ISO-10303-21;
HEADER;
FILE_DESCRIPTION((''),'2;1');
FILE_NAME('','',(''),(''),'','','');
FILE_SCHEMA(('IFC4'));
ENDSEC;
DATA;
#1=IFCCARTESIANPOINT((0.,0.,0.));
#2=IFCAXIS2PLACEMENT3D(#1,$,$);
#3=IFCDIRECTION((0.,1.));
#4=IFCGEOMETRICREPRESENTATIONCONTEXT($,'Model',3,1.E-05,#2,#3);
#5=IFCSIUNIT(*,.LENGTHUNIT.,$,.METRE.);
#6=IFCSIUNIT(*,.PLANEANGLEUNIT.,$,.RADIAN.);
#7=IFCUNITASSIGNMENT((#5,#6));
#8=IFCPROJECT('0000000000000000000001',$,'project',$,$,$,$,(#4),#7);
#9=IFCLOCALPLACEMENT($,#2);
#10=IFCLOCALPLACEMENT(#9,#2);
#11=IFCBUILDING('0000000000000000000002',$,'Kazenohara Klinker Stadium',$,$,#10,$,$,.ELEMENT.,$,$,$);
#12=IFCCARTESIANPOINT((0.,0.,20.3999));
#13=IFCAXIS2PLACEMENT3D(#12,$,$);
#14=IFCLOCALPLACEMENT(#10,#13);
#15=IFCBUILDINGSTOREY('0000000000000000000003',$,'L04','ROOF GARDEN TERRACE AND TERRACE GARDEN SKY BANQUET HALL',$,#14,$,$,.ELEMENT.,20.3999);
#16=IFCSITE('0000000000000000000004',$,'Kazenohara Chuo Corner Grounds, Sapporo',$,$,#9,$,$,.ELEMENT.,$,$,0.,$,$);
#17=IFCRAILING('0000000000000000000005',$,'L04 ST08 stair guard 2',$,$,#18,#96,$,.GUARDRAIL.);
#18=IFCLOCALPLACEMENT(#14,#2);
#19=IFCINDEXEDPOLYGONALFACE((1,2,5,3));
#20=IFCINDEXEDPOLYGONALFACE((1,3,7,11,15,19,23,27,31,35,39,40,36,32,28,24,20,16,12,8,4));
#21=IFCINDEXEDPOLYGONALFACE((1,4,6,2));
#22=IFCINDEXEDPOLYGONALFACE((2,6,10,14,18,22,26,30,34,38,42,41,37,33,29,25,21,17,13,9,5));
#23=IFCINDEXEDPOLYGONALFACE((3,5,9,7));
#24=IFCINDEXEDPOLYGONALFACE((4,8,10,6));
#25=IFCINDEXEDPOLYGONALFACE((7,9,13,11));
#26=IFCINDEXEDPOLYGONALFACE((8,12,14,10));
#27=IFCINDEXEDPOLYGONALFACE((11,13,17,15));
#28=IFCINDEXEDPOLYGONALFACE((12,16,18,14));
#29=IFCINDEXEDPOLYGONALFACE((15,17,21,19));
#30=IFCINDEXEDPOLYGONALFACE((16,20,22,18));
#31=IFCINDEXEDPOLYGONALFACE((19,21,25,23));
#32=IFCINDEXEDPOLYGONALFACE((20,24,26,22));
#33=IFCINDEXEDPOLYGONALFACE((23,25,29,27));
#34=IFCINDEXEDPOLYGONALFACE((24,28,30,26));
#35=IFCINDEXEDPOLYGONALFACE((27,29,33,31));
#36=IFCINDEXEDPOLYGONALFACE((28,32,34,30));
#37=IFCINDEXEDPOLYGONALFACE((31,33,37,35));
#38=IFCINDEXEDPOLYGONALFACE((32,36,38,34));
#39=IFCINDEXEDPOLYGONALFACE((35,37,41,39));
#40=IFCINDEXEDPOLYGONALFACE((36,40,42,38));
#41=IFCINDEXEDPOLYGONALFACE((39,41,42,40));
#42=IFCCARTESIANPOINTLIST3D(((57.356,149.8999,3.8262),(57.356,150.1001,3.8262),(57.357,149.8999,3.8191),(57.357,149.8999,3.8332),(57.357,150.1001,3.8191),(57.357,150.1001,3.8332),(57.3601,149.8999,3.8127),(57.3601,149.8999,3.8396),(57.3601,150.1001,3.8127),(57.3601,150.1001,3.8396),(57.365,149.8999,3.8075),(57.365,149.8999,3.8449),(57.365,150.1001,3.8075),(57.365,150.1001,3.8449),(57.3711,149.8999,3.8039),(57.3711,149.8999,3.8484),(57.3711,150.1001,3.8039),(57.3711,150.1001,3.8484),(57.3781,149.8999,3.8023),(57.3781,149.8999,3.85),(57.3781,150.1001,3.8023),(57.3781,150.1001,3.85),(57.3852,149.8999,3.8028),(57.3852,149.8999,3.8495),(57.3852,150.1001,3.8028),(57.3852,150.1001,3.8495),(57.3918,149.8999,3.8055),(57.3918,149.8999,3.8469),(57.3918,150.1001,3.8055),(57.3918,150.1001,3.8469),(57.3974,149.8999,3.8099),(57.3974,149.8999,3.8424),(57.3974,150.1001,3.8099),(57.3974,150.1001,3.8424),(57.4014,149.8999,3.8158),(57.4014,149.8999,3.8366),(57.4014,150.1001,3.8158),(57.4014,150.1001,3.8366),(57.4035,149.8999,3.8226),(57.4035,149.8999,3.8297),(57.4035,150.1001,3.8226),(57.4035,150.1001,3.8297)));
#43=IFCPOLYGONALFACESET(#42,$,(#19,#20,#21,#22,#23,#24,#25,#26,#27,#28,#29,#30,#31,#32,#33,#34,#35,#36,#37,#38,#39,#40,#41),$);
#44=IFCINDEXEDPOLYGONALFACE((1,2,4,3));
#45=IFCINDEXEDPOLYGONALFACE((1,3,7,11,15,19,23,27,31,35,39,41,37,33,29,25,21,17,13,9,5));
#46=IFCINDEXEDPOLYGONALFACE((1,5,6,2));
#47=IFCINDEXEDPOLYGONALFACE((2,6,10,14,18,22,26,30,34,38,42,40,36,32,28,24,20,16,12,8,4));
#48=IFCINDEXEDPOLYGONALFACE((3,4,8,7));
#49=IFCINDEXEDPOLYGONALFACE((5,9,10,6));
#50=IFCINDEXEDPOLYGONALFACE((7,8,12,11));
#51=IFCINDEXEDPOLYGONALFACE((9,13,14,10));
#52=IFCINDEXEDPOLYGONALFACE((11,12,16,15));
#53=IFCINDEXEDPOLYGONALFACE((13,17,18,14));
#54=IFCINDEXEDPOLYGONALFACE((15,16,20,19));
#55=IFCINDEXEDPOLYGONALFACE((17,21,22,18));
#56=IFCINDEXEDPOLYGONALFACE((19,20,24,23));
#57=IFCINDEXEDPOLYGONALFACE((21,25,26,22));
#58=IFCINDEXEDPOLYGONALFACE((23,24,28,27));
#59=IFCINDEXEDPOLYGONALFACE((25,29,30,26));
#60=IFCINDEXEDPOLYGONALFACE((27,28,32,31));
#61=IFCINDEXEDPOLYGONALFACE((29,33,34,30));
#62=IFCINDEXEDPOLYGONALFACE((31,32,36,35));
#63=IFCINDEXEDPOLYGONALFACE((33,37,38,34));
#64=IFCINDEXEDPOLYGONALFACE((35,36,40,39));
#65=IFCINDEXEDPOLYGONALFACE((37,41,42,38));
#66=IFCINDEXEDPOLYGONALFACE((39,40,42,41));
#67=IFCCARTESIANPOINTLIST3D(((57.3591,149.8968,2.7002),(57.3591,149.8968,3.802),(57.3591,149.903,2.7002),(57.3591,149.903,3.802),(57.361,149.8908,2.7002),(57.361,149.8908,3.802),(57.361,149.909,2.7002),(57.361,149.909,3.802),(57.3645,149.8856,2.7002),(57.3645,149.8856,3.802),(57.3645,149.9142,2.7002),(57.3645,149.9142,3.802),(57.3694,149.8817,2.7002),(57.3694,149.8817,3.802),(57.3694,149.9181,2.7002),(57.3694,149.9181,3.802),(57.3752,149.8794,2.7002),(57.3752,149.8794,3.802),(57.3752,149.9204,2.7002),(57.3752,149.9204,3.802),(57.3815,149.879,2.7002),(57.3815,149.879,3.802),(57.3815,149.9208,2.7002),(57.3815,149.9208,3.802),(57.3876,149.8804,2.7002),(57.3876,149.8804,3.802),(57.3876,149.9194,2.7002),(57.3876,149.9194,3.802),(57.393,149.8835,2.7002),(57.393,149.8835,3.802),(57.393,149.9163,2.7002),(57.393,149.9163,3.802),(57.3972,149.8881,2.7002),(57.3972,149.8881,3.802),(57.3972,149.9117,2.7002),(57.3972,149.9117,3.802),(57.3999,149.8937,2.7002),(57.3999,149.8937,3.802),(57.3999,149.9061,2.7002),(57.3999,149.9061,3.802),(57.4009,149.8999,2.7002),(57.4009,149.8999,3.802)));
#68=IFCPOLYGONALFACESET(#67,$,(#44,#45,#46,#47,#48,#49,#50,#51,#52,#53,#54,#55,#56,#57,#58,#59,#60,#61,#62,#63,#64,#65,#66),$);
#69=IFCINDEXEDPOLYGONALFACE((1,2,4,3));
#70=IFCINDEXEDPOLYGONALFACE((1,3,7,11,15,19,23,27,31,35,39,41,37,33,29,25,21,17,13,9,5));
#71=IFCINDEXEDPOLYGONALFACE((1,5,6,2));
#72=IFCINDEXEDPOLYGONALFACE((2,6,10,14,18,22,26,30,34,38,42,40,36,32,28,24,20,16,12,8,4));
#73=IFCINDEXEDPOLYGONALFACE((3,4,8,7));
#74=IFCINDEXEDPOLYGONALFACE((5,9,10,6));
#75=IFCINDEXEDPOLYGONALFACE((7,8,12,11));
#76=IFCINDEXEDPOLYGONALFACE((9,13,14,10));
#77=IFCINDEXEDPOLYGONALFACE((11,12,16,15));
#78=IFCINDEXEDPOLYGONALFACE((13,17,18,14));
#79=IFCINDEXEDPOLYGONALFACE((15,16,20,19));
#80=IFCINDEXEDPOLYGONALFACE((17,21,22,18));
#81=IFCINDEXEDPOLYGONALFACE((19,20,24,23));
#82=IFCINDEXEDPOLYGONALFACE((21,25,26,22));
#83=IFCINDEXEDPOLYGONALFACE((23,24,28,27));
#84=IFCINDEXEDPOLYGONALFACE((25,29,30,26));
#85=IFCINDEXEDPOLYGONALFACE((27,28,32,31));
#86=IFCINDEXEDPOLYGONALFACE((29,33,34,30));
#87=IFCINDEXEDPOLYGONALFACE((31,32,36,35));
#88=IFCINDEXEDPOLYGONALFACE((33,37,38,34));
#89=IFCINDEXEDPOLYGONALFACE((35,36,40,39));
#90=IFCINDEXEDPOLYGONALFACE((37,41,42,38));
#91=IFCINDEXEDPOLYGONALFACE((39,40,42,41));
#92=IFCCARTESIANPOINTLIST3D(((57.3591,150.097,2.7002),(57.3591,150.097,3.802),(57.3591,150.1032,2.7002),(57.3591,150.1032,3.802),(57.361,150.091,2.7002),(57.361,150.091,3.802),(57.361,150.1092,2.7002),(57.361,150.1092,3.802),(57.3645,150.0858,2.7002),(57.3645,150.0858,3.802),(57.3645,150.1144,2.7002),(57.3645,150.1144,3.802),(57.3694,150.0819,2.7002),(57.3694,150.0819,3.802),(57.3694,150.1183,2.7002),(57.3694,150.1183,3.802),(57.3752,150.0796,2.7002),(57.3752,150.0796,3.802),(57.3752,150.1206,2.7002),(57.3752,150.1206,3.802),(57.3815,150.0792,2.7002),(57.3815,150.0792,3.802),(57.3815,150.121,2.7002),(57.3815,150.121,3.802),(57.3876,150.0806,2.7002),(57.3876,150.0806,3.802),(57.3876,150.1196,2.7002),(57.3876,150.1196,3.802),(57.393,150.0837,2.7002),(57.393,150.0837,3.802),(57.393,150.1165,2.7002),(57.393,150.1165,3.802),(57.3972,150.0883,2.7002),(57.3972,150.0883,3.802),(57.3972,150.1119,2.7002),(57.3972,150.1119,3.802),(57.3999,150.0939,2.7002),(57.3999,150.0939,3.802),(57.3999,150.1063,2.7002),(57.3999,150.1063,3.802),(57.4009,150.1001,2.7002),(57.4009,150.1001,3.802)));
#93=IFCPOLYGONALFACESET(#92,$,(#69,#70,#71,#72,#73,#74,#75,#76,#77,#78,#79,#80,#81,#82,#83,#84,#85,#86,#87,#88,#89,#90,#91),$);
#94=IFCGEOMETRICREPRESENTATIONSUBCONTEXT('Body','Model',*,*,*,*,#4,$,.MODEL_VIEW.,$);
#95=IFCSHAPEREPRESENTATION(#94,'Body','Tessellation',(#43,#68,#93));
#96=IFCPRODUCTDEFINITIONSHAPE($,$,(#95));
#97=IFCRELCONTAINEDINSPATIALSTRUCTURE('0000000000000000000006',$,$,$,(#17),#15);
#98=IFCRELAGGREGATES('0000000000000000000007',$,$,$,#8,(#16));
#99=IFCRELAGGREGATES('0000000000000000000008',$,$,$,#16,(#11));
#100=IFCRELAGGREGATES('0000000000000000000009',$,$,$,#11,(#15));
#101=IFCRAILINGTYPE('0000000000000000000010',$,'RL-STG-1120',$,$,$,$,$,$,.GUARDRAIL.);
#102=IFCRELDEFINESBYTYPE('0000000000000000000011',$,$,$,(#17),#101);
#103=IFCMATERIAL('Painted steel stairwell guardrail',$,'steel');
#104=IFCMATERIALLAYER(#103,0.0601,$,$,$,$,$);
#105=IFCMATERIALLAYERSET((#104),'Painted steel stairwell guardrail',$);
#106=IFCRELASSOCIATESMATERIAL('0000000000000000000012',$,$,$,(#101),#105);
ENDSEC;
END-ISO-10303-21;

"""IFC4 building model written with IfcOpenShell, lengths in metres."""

from ifc_helpers import new_model, si_unit, direction, frame, origin, origin_2d, place, context, subcontext, project, spatial, circle, extrude, material, layer, layer_set, type_object, element, save


model = new_model("IFC4")

# Units and contexts
model_context = context("Model", 3, precision=1e-05, world=origin(), true_north=direction((0.0, 1.0)))
body_context = subcontext(model_context, "Body", "Model", "MODEL_VIEW")
ifc_project = project(units=[si_unit("LENGTHUNIT", "METRE"), si_unit("PLANEANGLEUNIT", "RADIAN")], contexts=[model_context])

# Site, building, storey
site_placement = place(None, origin())
site = spatial("IfcSite", under=ifc_project, at=site_placement, Name="Kazenohara Chuo Corner Grounds, Sapporo", CompositionType="ELEMENT", RefElevation=0.0)
building_placement = place(site_placement, origin())
building = spatial("IfcBuilding", under=site, at=building_placement, Name="Kazenohara Klinker Stadium", CompositionType="ELEMENT")
storey_placement = place(building_placement, frame((0.0, 0.0, 20.3999)))
storey = spatial("IfcBuildingStorey", under=building, at=storey_placement, Name="L04", Description="ROOF GARDEN TERRACE AND TERRACE GARDEN SKY BANQUET HALL", CompositionType="ELEMENT", Elevation=20.3999)

# Railing
ifc_material_1 = material(Name="Painted steel stairwell guardrail", Category="steel")
ifc_layer_1 = layer(ifc_material_1, 0.0601)
ifc_layer_set_1 = layer_set([ifc_layer_1], Name="Painted steel stairwell guardrail")
railing_type_1 = type_object("IfcRailingType", Name="RL-STG-1120", PredefinedType="GUARDRAIL", material=ifc_layer_set_1)
railing_1_placement = place(storey_placement, frame((57.3799, 149.8999, 2.7002)))
element("IfcRailing", 1, at=railing_1_placement, inside=storey, type_object=railing_type_1, Name="L04 ST08 stair guard 2", PredefinedType="GUARDRAIL", context=body_context, shape_type="SweptSolid", body=[
    extrude(circle(Radius=0.0239, at=origin_2d()), frame((0.0, 0.0, 1.126), z_axis=(0.0, 1.0, 0.0), x_axis=(-1.0, 0.0, 0.0)), (0.0, 0.0, 1.0), 0.2002),
    extrude(circle(Radius=0.021, at=origin_2d()), origin(), (0.0, 0.0, 1.0), 1.1018),
    extrude(circle(Radius=0.021, at=origin_2d()), frame((0.0, 0.2002, 0.0)), (0.0, 0.0, 1.0), 1.1018),
])

save(model, "model.ifc")
